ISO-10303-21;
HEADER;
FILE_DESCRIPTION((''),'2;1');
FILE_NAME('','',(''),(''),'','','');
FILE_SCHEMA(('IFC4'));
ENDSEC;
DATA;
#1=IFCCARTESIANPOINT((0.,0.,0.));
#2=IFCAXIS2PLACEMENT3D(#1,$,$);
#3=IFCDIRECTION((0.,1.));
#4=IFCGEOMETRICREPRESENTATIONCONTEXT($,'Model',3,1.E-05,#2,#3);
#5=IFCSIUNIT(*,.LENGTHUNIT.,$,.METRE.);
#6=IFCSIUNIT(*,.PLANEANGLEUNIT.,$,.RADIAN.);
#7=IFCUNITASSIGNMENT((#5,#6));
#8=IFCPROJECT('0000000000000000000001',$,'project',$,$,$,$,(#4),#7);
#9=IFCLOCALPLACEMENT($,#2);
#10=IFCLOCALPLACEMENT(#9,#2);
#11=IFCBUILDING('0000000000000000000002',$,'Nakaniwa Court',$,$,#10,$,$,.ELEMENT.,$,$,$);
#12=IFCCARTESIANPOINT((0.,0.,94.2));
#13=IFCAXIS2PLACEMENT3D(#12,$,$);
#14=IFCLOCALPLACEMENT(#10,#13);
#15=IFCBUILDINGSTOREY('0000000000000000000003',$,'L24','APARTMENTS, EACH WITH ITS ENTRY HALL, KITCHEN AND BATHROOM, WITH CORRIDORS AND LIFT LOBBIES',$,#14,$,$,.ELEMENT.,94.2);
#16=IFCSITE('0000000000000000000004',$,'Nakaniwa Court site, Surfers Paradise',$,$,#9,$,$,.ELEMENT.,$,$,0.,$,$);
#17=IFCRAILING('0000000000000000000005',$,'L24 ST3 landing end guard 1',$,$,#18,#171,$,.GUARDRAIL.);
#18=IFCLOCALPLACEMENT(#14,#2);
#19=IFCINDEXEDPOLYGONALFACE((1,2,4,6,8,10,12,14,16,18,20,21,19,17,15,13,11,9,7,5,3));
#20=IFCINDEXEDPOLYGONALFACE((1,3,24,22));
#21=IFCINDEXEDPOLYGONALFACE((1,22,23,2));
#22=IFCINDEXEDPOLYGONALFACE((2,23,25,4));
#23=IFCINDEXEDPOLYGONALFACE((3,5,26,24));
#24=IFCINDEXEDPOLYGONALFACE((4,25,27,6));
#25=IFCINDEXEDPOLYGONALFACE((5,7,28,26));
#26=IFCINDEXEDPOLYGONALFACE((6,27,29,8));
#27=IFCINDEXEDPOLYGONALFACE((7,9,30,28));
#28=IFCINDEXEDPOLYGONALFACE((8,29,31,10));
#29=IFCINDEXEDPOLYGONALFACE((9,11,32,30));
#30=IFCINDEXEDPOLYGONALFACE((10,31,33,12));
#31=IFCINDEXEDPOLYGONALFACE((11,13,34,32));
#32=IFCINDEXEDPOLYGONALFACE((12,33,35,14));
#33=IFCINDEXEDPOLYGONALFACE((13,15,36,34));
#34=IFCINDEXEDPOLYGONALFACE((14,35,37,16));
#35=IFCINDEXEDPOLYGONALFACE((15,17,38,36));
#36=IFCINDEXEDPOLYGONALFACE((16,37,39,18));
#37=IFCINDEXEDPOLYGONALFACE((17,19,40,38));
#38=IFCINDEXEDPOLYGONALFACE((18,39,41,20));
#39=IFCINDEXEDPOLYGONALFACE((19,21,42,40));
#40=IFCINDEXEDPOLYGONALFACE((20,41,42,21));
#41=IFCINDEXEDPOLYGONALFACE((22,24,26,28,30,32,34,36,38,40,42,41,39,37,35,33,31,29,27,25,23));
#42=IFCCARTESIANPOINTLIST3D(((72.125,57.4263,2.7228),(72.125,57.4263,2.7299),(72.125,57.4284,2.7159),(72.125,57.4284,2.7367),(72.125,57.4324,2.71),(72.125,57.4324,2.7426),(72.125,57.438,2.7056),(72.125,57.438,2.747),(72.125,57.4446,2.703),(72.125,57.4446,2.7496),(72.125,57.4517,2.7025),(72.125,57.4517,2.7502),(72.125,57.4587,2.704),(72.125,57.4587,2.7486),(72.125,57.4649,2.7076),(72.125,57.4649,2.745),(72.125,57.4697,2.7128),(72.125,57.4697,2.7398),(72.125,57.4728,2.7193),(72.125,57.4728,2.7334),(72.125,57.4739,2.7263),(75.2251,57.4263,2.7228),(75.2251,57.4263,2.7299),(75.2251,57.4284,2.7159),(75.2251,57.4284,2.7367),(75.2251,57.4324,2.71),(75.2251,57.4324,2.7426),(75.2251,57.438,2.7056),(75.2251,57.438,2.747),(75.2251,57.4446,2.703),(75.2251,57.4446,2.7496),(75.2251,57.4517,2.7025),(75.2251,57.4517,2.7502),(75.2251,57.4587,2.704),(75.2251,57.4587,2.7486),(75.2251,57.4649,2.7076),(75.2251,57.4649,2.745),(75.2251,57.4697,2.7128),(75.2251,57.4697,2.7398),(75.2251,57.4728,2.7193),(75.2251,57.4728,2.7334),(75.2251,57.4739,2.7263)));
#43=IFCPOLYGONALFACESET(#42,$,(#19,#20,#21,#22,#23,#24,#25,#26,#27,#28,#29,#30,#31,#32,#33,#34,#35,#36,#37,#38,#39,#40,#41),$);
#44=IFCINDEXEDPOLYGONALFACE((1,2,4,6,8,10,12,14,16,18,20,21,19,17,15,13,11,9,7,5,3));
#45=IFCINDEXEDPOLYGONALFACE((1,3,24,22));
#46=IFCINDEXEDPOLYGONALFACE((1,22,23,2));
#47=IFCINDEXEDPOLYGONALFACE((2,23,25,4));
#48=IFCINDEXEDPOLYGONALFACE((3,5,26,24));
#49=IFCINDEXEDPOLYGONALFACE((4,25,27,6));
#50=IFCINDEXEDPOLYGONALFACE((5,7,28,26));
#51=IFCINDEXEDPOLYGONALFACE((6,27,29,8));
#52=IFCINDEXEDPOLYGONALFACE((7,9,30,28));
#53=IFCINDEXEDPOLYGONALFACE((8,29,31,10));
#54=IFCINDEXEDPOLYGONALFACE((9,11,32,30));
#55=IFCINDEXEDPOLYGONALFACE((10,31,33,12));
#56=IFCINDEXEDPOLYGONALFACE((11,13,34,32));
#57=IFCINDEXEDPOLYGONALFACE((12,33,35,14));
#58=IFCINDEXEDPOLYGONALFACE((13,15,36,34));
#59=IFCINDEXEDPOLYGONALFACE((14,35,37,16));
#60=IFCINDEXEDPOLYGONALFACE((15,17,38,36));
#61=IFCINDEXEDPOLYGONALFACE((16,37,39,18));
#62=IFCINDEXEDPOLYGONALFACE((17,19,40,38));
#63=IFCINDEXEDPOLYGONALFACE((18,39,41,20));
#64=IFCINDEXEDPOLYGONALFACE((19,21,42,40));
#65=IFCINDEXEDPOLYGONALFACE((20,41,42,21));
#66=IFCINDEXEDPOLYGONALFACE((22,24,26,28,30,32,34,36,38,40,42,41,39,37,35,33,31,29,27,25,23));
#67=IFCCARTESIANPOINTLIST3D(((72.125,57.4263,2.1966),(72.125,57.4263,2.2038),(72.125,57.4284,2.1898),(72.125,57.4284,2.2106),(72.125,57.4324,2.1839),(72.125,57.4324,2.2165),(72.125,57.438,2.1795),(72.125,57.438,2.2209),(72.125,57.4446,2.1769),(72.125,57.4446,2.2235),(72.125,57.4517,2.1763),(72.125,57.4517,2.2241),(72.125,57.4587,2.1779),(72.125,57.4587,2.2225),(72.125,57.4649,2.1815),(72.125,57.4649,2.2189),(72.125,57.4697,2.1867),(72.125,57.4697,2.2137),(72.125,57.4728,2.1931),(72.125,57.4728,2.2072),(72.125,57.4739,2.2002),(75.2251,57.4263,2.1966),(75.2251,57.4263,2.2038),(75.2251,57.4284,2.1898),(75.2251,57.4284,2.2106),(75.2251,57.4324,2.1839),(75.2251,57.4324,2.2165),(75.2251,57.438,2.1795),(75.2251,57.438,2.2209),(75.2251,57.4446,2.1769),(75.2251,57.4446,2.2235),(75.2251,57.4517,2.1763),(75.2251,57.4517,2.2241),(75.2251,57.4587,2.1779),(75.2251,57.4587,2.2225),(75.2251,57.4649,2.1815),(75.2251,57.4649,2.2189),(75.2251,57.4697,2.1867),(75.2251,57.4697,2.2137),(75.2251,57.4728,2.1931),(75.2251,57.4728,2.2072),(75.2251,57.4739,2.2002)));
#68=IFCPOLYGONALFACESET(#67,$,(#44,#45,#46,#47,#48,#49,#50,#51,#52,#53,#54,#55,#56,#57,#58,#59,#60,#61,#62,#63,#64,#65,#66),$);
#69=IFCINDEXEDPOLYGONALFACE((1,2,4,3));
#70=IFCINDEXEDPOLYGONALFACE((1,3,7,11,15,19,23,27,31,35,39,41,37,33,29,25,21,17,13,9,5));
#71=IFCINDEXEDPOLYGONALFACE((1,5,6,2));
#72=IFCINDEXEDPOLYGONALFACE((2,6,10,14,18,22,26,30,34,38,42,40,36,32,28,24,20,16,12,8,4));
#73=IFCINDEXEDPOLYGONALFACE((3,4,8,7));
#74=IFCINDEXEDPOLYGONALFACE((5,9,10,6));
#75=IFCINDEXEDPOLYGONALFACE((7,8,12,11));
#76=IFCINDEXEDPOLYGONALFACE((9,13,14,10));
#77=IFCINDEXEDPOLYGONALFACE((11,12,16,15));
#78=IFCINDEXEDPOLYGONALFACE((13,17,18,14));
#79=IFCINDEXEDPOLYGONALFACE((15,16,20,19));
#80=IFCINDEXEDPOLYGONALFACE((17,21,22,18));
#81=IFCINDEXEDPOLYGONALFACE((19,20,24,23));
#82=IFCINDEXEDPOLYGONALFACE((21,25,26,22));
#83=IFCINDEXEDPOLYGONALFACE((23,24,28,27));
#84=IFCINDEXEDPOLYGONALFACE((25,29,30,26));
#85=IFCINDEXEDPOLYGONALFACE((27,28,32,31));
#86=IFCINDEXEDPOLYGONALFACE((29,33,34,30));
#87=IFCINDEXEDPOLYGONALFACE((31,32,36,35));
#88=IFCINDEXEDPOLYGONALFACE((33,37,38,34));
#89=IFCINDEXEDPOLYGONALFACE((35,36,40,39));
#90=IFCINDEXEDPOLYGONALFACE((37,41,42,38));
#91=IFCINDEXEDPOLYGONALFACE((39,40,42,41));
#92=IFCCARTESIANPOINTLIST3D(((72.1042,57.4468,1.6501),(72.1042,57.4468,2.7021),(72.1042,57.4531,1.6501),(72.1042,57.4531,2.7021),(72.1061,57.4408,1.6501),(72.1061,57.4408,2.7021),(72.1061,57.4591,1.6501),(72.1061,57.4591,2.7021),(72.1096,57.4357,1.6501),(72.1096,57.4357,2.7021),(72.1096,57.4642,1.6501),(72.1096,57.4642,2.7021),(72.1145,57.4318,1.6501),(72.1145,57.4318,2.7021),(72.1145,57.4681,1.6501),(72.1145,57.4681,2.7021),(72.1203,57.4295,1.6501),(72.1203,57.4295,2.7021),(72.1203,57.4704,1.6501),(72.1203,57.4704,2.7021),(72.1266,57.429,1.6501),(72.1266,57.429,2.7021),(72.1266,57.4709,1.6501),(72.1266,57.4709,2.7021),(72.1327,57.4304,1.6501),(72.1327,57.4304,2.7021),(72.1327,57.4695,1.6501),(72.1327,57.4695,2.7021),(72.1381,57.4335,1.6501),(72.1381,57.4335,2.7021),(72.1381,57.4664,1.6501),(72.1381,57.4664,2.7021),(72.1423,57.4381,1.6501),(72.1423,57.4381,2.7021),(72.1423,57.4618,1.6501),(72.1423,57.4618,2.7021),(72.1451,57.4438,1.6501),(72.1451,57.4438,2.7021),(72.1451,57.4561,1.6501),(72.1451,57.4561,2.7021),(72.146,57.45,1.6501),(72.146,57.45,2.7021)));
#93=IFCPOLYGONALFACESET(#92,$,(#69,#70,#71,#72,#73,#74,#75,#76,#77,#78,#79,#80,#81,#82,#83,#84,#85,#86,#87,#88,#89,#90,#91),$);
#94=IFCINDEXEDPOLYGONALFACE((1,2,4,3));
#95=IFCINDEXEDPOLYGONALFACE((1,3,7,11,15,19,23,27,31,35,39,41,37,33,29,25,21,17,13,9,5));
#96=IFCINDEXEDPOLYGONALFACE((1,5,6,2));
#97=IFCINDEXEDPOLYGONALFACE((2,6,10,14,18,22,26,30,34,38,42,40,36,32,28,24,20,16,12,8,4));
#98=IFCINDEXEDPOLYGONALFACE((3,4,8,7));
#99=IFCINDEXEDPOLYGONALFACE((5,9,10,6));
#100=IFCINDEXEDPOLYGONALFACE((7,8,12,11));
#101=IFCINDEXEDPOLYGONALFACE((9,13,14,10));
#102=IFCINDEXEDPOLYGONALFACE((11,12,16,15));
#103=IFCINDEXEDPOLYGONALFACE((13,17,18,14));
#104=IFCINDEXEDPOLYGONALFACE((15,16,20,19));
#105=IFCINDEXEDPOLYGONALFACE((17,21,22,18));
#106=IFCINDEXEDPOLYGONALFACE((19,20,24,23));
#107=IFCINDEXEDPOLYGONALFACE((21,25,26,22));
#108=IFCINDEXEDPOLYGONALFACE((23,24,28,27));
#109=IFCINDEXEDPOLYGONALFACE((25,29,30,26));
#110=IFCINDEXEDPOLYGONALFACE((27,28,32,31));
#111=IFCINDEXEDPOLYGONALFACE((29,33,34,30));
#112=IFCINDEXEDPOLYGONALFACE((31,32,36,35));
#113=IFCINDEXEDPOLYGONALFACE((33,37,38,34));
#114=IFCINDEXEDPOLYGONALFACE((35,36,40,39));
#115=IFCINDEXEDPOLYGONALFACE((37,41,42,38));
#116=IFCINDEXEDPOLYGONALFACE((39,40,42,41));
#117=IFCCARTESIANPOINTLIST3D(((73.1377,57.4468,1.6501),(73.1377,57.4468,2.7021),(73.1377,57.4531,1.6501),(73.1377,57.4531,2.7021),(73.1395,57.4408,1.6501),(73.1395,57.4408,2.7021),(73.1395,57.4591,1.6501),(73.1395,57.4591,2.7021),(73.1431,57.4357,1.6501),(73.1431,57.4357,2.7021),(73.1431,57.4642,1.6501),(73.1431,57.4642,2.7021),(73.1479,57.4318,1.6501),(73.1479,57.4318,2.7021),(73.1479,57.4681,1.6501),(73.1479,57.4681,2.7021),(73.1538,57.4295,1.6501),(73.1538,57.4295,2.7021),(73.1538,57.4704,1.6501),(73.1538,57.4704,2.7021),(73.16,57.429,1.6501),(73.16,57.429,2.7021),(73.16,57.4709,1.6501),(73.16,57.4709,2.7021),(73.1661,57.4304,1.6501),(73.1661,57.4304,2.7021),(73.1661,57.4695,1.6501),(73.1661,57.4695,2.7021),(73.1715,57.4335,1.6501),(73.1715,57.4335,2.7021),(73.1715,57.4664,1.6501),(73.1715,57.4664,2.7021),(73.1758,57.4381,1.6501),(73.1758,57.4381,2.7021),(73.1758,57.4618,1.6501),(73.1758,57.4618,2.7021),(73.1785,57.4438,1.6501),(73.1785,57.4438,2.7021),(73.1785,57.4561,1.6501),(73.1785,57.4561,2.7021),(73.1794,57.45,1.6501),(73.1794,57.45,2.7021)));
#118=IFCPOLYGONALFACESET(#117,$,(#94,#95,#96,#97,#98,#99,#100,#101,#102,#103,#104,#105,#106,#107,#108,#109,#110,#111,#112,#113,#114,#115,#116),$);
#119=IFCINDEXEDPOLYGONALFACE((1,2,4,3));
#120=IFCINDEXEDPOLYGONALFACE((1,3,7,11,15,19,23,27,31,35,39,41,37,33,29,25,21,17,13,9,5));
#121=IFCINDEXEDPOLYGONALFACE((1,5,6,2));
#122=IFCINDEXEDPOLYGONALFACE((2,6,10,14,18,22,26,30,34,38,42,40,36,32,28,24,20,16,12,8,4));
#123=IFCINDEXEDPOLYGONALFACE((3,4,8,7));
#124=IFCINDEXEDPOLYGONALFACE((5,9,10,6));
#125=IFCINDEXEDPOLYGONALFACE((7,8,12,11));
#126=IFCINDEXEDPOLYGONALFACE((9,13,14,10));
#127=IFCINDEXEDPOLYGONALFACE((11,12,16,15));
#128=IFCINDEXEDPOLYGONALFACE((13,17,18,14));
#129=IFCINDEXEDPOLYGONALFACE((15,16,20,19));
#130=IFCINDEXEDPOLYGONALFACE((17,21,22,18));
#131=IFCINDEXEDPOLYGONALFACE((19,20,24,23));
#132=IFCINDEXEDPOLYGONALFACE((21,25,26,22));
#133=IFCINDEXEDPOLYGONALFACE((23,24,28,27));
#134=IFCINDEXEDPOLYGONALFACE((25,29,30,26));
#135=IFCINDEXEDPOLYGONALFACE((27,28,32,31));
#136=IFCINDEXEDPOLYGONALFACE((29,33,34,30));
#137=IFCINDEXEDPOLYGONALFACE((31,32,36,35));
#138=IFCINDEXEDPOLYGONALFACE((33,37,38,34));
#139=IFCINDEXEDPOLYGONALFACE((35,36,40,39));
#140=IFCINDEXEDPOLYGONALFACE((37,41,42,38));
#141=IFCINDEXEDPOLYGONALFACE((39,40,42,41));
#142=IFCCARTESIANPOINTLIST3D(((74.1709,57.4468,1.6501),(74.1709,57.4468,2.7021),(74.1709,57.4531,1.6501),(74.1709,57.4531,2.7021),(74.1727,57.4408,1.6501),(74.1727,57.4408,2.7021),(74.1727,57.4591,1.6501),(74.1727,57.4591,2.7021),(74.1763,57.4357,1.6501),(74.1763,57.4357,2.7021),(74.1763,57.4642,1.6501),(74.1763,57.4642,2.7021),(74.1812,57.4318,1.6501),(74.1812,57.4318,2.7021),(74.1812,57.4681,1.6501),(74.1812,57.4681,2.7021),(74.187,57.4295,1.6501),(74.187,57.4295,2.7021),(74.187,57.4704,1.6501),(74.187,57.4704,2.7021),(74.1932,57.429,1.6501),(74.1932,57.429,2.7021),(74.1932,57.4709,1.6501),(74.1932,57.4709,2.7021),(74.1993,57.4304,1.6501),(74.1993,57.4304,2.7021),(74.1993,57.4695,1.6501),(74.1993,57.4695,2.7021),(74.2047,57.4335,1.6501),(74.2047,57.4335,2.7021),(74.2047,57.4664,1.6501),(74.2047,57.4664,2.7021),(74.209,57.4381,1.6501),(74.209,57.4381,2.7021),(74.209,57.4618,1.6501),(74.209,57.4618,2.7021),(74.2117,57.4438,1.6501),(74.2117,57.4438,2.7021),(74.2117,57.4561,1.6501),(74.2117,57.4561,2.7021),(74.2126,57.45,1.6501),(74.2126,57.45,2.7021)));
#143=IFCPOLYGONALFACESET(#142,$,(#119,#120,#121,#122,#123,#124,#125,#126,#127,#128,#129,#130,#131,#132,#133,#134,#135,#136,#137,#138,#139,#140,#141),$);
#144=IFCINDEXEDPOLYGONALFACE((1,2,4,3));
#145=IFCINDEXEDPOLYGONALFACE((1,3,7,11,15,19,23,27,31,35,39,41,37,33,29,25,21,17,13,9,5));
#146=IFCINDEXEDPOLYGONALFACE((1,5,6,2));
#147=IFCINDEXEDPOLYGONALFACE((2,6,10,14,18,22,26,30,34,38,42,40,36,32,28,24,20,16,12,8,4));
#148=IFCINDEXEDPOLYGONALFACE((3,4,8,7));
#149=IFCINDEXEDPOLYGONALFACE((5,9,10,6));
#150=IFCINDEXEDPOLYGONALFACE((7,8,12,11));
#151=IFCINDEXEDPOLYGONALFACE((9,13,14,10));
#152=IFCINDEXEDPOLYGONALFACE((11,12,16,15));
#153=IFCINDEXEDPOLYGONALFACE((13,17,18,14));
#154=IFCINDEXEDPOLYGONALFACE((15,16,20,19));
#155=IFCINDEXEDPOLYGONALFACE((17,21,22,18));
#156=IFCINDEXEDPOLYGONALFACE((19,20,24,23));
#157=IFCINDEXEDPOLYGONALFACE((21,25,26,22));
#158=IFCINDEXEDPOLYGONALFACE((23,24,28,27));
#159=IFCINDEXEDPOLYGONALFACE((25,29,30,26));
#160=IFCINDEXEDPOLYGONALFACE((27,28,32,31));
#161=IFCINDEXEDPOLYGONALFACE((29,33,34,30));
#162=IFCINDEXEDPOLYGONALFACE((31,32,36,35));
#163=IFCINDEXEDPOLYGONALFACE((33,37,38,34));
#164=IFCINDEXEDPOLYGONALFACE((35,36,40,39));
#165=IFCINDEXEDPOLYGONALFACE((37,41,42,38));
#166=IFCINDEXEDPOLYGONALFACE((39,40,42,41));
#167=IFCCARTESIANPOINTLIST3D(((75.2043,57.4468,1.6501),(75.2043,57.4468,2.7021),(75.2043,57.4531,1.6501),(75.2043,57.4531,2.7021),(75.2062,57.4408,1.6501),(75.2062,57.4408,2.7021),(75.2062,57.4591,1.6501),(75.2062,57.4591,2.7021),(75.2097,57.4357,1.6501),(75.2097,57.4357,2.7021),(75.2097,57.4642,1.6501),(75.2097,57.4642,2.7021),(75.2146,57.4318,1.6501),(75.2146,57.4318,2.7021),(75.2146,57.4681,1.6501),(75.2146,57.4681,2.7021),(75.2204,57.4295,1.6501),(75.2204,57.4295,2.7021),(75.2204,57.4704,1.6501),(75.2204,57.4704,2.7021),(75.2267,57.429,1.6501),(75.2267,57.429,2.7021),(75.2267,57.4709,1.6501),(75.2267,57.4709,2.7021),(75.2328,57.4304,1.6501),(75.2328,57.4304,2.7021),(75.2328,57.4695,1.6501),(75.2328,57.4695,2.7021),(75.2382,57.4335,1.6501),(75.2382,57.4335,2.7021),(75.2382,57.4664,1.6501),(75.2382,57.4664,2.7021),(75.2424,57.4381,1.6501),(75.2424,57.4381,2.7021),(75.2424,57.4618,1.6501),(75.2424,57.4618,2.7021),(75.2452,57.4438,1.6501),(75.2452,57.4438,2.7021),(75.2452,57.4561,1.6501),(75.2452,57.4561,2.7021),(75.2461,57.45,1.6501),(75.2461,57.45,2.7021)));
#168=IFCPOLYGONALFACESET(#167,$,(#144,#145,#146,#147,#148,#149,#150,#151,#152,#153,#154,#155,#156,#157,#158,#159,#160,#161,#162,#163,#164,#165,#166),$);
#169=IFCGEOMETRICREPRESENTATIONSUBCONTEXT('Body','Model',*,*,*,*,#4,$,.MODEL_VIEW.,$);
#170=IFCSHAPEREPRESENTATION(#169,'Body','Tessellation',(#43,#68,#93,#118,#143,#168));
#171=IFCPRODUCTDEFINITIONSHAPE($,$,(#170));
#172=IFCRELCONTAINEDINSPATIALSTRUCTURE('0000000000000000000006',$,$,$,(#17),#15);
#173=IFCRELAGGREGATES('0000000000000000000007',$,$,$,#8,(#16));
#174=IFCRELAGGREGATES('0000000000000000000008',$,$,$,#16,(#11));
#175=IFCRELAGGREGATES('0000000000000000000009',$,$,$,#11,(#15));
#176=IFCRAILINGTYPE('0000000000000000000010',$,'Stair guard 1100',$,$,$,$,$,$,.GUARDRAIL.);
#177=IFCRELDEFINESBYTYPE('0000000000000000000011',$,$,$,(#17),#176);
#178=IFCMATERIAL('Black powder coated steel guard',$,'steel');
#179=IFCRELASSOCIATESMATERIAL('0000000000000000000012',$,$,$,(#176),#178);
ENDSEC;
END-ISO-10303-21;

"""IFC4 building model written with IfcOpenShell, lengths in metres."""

from ifc_helpers import new_model, si_unit, direction, frame, origin, origin_2d, place, context, subcontext, project, spatial, circle, extrude, material, type_object, element, save


model = new_model("IFC4")

# Units and contexts
model_context = context("Model", 3, precision=1e-05, world=origin(), true_north=direction((0.0, 1.0)))
body_context = subcontext(model_context, "Body", "Model", "MODEL_VIEW")
ifc_project = project(units=[si_unit("LENGTHUNIT", "METRE"), si_unit("PLANEANGLEUNIT", "RADIAN")], contexts=[model_context])

# Site, building, storey
site_placement = place(None, origin())
site = spatial("IfcSite", under=ifc_project, at=site_placement, Name="Nakaniwa Court site, Surfers Paradise", CompositionType="ELEMENT", RefElevation=0.0)
building_placement = place(site_placement, origin())
building = spatial("IfcBuilding", under=site, at=building_placement, Name="Nakaniwa Court", CompositionType="ELEMENT")
storey_placement = place(building_placement, frame((0.0, 0.0, 94.2)))
storey = spatial("IfcBuildingStorey", under=building, at=storey_placement, Name="L24", Description="APARTMENTS, EACH WITH ITS ENTRY HALL, KITCHEN AND BATHROOM, WITH CORRIDORS AND LIFT LOBBIES", CompositionType="ELEMENT", Elevation=94.2)

# Railing
ifc_material_1 = material(Name="Black powder coated steel guard", Category="steel")
railing_type_1 = type_object("IfcRailingType", Name="Stair guard 1100", PredefinedType="GUARDRAIL", material=ifc_material_1)
railing_1_placement = place(storey_placement, frame((72.125, 57.45, 1.6501)))
element("IfcRailing", 1, at=railing_1_placement, inside=storey, type_object=railing_type_1, Name="L24 ST3 landing end guard 1", PredefinedType="GUARDRAIL", context=body_context, shape_type="SweptSolid", body=[
    extrude(circle(Radius=0.0239, at=origin_2d()), frame((0.0, 0.0, 1.0762), z_axis=(1.0, 0.0, 0.0), x_axis=(0.0, 1.0, 0.0)), (0.0, 0.0, 1.0), 3.1001),
    extrude(circle(Radius=0.0239, at=origin_2d()), frame((0.0, 0.0, 0.55), z_axis=(1.0, 0.0, 0.0), x_axis=(0.0, 1.0, 0.0)), (0.0, 0.0, 1.0), 3.1001),
    extrude(circle(Radius=0.021, at=origin_2d()), origin(), (0.0, 0.0, 1.0), 1.052),
    extrude(circle(Radius=0.021, at=origin_2d()), frame((1.0334, 0.0, 0.0)), (0.0, 0.0, 1.0), 1.052),
    extrude(circle(Radius=0.021, at=origin_2d()), frame((2.0667, 0.0, 0.0)), (0.0, 0.0, 1.0), 1.052),
    extrude(circle(Radius=0.021, at=origin_2d()), frame((3.1001, 0.0, 0.0)), (0.0, 0.0, 1.0), 1.052),
])

save(model, "model.ifc")
